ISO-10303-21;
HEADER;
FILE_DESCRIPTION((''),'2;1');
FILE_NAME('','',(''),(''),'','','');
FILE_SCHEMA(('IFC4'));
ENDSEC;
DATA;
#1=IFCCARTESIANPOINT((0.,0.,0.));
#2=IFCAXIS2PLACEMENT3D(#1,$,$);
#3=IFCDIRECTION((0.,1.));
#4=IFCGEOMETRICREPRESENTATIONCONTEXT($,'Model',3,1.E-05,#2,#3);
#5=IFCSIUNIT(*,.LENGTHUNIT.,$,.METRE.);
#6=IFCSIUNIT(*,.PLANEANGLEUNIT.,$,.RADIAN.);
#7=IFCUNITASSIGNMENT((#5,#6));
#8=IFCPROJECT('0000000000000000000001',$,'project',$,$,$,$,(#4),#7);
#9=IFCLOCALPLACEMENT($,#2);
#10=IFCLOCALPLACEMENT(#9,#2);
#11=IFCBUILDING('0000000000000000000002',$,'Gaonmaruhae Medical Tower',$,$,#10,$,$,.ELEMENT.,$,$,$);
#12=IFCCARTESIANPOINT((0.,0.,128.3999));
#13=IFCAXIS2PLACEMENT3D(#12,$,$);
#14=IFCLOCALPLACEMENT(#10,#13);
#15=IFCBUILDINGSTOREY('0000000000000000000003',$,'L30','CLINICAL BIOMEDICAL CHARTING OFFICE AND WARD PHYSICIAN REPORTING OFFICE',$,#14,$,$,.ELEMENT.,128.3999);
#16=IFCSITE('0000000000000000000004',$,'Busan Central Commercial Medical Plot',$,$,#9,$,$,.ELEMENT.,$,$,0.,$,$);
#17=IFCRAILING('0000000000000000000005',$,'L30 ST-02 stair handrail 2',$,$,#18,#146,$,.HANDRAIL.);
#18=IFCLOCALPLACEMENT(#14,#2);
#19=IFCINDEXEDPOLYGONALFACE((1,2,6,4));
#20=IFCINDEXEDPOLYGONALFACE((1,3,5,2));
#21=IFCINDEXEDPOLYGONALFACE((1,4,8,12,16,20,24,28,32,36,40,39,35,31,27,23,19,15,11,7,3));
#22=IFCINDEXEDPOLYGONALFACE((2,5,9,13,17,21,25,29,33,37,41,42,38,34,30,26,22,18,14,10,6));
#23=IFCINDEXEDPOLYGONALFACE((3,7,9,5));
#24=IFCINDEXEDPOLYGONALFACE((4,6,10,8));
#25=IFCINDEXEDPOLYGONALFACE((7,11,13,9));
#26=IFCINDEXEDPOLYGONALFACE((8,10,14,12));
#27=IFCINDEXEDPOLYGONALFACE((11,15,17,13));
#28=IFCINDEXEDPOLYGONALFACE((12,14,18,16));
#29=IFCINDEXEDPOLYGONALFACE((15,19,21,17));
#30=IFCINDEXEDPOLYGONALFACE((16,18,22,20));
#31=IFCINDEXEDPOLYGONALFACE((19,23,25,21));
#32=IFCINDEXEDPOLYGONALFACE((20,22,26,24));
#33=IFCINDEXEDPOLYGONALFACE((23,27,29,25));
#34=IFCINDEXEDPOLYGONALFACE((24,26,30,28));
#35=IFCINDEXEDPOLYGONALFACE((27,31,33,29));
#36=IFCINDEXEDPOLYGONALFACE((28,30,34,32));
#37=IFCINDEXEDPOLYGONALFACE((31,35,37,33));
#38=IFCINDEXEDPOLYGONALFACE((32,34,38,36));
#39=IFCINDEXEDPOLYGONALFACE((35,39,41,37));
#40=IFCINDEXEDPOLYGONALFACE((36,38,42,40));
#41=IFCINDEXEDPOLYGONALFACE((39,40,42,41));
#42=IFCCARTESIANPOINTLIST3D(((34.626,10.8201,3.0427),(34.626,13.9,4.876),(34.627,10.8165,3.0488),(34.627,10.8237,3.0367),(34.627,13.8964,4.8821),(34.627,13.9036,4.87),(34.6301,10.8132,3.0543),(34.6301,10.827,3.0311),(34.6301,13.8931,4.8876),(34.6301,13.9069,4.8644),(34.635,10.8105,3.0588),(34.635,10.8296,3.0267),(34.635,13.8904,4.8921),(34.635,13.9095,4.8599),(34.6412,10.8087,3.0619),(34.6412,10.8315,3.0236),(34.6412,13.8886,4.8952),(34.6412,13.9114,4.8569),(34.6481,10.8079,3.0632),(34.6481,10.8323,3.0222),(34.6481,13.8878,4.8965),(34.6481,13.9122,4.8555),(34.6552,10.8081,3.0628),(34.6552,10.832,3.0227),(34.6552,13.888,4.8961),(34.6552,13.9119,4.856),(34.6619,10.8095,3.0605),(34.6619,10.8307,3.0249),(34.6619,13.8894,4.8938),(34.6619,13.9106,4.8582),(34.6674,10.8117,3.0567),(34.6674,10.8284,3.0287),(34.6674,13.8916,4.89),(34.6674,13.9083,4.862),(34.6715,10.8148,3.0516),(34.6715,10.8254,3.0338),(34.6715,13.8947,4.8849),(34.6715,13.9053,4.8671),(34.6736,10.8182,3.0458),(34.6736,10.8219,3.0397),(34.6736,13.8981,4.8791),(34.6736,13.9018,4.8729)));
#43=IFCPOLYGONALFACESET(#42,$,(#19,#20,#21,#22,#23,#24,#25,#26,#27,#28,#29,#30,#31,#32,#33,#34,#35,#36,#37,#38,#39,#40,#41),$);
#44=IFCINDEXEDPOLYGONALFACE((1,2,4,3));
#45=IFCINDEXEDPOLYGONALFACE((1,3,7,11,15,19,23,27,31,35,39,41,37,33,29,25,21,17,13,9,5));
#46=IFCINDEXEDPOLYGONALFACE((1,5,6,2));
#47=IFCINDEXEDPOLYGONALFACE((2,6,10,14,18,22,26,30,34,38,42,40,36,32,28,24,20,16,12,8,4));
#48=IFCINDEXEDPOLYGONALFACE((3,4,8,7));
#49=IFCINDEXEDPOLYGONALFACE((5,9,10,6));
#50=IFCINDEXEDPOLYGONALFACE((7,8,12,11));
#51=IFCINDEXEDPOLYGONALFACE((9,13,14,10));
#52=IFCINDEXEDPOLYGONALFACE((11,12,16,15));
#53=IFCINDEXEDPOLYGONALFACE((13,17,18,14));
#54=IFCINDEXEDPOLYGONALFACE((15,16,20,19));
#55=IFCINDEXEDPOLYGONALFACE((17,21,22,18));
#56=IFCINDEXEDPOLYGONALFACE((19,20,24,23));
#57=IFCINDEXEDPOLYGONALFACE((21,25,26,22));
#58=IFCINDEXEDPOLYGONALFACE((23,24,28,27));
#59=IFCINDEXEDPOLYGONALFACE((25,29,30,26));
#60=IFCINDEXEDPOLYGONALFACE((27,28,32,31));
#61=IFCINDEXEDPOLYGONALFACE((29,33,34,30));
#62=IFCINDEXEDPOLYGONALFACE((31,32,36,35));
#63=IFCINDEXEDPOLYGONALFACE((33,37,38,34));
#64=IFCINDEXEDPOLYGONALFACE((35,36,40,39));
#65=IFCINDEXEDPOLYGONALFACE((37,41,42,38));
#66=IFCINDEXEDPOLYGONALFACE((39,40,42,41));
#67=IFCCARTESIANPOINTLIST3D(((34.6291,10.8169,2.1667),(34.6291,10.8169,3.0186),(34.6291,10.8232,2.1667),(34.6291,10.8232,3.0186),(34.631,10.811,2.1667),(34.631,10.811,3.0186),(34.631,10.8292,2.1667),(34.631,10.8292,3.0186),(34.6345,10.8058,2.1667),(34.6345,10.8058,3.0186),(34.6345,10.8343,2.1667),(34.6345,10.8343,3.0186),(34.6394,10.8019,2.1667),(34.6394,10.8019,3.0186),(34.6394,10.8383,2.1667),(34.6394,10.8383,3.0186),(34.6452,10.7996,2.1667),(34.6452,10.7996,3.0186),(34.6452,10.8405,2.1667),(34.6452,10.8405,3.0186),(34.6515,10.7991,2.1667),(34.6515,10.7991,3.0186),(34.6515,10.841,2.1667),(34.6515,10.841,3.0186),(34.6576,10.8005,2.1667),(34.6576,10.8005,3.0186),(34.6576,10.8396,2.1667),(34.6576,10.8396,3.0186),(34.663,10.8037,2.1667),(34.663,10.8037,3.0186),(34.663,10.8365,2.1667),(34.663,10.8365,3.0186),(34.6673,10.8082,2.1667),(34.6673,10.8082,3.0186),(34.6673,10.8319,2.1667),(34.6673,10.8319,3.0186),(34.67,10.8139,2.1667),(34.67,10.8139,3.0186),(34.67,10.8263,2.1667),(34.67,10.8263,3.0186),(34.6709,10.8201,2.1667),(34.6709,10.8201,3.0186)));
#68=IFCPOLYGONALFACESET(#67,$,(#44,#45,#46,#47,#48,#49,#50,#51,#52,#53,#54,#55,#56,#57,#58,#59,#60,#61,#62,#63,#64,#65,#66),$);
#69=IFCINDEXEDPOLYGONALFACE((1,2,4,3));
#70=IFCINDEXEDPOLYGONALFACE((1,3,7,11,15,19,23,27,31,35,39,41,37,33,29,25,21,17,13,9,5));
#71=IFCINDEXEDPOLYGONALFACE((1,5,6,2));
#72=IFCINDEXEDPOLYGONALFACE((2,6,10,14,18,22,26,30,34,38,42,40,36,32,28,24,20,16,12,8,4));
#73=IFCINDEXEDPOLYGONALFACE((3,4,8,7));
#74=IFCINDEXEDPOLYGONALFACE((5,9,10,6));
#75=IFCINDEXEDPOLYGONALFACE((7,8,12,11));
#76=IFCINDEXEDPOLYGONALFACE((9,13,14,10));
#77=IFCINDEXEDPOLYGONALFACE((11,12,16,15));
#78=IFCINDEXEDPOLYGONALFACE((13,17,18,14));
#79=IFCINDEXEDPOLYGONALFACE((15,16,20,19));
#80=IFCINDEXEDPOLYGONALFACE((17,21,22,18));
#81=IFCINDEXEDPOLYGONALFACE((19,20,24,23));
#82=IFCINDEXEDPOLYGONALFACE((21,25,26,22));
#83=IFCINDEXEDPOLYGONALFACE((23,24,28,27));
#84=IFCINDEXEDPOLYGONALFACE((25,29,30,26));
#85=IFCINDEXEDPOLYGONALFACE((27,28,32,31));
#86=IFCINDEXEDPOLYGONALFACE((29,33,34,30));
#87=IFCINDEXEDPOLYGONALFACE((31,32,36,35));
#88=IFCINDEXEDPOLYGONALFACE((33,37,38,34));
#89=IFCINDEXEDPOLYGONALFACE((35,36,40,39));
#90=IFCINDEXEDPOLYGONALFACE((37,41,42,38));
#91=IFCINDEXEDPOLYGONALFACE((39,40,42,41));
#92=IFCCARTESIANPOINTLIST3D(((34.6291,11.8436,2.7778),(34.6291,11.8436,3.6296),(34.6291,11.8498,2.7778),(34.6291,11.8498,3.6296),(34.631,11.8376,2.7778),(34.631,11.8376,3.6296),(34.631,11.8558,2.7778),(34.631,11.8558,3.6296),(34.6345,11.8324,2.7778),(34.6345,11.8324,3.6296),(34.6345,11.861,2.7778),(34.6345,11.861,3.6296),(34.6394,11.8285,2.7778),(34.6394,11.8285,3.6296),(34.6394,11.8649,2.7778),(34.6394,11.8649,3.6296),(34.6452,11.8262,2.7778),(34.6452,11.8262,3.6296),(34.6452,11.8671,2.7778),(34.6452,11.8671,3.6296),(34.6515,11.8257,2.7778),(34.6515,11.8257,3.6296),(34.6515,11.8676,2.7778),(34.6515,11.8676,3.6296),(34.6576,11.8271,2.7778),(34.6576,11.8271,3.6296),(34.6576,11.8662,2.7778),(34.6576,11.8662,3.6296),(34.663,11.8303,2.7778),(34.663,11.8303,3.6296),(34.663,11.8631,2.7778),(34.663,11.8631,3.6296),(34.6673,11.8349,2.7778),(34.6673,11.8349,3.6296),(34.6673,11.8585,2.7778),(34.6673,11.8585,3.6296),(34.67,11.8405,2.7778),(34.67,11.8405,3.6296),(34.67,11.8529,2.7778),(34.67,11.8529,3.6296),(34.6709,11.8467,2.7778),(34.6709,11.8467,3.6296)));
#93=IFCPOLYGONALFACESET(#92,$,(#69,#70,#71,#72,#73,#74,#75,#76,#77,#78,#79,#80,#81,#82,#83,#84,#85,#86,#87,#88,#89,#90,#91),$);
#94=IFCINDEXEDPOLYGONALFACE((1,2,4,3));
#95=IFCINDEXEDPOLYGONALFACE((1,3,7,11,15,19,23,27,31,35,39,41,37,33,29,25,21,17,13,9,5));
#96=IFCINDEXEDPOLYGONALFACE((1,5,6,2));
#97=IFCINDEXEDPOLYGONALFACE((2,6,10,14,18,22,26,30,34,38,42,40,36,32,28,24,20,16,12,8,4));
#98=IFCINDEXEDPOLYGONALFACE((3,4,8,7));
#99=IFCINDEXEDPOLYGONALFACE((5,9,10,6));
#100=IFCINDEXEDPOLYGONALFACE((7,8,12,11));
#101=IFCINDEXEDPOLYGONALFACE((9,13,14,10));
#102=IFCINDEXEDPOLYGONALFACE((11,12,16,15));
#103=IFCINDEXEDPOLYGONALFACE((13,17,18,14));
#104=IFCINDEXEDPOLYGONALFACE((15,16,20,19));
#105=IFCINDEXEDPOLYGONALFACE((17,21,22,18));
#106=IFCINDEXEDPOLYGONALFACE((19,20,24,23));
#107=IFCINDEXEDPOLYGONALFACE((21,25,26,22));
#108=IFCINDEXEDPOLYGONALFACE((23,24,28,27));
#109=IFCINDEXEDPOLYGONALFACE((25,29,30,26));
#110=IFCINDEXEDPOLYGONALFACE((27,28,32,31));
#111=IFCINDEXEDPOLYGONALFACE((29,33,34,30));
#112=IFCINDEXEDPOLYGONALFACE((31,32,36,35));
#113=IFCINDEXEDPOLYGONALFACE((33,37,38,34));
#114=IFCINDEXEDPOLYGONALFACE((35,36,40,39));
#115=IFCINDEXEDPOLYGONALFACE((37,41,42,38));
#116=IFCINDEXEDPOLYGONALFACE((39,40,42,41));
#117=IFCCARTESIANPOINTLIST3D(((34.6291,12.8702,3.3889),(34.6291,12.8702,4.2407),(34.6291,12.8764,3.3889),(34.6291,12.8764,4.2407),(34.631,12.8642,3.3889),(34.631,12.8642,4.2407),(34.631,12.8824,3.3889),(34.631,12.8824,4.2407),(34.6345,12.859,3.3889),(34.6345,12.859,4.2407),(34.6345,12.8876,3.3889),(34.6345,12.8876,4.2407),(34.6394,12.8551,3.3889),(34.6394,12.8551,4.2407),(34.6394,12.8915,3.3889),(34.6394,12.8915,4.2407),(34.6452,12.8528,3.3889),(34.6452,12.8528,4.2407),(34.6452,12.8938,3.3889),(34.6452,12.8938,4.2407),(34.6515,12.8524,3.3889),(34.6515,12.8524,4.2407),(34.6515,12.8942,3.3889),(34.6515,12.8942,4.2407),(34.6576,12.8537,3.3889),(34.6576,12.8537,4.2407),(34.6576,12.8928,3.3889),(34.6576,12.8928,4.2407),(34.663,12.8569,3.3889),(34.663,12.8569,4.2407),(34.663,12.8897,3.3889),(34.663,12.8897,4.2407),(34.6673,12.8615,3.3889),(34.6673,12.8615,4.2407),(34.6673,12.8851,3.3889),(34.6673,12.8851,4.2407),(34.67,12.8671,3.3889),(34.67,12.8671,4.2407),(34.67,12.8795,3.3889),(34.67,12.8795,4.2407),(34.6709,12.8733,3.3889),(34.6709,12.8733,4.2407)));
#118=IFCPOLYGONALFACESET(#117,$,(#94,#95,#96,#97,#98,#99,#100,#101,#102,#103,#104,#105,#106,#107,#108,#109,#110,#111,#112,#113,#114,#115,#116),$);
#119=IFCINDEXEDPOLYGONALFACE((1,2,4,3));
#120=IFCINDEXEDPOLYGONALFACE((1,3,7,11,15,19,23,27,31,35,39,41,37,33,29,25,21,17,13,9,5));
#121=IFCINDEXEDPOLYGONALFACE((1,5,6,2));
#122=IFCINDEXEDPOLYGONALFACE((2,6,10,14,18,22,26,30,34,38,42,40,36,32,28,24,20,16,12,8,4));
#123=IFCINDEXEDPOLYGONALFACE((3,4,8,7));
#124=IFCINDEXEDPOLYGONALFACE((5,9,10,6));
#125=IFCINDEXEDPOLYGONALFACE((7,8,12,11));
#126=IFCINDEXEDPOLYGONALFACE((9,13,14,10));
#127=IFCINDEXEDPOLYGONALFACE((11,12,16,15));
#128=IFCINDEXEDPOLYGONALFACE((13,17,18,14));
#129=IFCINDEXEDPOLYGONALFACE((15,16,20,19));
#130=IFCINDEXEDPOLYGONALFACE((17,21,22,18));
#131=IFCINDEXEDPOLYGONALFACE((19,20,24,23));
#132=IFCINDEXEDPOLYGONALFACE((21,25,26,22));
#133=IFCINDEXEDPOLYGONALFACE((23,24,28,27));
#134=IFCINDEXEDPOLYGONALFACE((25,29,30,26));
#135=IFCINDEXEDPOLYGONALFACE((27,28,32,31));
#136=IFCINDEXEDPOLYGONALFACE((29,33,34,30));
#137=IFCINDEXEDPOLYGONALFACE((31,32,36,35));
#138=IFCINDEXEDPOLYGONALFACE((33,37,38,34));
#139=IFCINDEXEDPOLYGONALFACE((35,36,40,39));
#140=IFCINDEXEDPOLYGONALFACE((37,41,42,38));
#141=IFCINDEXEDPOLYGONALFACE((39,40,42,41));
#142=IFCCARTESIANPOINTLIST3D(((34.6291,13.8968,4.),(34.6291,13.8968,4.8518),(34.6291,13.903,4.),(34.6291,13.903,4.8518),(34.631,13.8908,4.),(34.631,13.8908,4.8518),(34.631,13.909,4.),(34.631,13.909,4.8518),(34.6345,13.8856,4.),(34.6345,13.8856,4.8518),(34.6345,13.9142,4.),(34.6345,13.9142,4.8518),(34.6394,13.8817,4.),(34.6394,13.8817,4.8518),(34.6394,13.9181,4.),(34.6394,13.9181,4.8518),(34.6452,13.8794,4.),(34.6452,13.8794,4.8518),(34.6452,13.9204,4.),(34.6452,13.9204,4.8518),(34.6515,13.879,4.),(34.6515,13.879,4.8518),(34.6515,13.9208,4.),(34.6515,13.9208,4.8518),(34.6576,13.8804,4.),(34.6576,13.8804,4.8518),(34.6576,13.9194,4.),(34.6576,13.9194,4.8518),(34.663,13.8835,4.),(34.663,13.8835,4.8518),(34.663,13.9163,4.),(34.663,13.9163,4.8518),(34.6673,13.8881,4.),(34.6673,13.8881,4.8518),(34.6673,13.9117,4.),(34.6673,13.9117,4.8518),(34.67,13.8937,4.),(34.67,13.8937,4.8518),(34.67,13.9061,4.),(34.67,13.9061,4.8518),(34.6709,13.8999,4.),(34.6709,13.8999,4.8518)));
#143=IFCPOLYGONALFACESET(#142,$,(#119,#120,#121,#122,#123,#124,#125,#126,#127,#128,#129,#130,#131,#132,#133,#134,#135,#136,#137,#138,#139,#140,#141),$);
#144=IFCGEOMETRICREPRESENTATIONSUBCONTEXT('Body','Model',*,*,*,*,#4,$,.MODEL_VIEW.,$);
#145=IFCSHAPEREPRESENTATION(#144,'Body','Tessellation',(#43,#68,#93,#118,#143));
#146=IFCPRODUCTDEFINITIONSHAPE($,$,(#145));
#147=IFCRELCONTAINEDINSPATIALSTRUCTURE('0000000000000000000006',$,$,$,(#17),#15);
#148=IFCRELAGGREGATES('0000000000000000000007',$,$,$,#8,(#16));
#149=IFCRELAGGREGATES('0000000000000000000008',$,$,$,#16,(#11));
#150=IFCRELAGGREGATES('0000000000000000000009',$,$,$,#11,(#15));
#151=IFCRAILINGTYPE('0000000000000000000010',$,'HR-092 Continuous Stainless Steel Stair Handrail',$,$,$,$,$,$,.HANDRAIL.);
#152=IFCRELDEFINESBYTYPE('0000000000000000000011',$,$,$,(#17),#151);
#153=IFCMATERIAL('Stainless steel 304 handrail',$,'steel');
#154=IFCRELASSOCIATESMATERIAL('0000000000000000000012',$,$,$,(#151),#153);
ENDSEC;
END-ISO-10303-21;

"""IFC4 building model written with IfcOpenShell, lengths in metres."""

from ifc_helpers import new_model, si_unit, direction, frame, origin, origin_2d, place, context, subcontext, project, spatial, circle, extrude, material, type_object, element, save


model = new_model("IFC4")

# Units and contexts
model_context = context("Model", 3, precision=1e-05, world=origin(), true_north=direction((0.0, 1.0)))
body_context = subcontext(model_context, "Body", "Model", "MODEL_VIEW")
ifc_project = project(units=[si_unit("LENGTHUNIT", "METRE"), si_unit("PLANEANGLEUNIT", "RADIAN")], contexts=[model_context])

# Site, building, storey
site_placement = place(None, origin())
site = spatial("IfcSite", under=ifc_project, at=site_placement, Name="Busan Central Commercial Medical Plot", CompositionType="ELEMENT", RefElevation=0.0)
building_placement = place(site_placement, origin())
building = spatial("IfcBuilding", under=site, at=building_placement, Name="Gaonmaruhae Medical Tower", CompositionType="ELEMENT")
storey_placement = place(building_placement, frame((0.0, 0.0, 128.3999)))
storey = spatial("IfcBuildingStorey", under=building, at=storey_placement, Name="L30", Description="CLINICAL BIOMEDICAL CHARTING OFFICE AND WARD PHYSICIAN REPORTING OFFICE", CompositionType="ELEMENT", Elevation=128.3999)

# Railing
ifc_material_1 = material(Name="Stainless steel 304 handrail", Category="steel")
railing_type_1 = type_object("IfcRailingType", Name="HR-092 Continuous Stainless Steel Stair Handrail", PredefinedType="HANDRAIL", material=ifc_material_1)
railing_1_placement = place(storey_placement, frame((34.6499, 10.8201, 2.1667)))
element("IfcRailing", 1, at=railing_1_placement, inside=storey, type_object=railing_type_1, Name="L30 ST-02 stair handrail 2", PredefinedType="HANDRAIL", context=body_context, shape_type="SweptSolid", body=[
    extrude(circle(Radius=0.0239, at=origin_2d()), frame((0.0, 0.0, 0.876), z_axis=(0.0, 0.859291, 0.511487), x_axis=(-1.0, 0.0, 0.0)), (0.0, 0.0, 1.0), 3.5842),
    extrude(circle(Radius=0.021, at=origin_2d()), origin(), (0.0, 0.0, 1.0), 0.8518),
    extrude(circle(Radius=0.021, at=origin_2d()), frame((0.0, 1.0266, 0.6111)), (0.0, 0.0, 1.0), 0.8518),
    extrude(circle(Radius=0.021, at=origin_2d()), frame((0.0, 2.0532, 1.2222)), (0.0, 0.0, 1.0), 0.8518),
    extrude(circle(Radius=0.021, at=origin_2d()), frame((0.0, 3.0798, 1.8333)), (0.0, 0.0, 1.0), 0.8518),
])

save(model, "model.ifc")
